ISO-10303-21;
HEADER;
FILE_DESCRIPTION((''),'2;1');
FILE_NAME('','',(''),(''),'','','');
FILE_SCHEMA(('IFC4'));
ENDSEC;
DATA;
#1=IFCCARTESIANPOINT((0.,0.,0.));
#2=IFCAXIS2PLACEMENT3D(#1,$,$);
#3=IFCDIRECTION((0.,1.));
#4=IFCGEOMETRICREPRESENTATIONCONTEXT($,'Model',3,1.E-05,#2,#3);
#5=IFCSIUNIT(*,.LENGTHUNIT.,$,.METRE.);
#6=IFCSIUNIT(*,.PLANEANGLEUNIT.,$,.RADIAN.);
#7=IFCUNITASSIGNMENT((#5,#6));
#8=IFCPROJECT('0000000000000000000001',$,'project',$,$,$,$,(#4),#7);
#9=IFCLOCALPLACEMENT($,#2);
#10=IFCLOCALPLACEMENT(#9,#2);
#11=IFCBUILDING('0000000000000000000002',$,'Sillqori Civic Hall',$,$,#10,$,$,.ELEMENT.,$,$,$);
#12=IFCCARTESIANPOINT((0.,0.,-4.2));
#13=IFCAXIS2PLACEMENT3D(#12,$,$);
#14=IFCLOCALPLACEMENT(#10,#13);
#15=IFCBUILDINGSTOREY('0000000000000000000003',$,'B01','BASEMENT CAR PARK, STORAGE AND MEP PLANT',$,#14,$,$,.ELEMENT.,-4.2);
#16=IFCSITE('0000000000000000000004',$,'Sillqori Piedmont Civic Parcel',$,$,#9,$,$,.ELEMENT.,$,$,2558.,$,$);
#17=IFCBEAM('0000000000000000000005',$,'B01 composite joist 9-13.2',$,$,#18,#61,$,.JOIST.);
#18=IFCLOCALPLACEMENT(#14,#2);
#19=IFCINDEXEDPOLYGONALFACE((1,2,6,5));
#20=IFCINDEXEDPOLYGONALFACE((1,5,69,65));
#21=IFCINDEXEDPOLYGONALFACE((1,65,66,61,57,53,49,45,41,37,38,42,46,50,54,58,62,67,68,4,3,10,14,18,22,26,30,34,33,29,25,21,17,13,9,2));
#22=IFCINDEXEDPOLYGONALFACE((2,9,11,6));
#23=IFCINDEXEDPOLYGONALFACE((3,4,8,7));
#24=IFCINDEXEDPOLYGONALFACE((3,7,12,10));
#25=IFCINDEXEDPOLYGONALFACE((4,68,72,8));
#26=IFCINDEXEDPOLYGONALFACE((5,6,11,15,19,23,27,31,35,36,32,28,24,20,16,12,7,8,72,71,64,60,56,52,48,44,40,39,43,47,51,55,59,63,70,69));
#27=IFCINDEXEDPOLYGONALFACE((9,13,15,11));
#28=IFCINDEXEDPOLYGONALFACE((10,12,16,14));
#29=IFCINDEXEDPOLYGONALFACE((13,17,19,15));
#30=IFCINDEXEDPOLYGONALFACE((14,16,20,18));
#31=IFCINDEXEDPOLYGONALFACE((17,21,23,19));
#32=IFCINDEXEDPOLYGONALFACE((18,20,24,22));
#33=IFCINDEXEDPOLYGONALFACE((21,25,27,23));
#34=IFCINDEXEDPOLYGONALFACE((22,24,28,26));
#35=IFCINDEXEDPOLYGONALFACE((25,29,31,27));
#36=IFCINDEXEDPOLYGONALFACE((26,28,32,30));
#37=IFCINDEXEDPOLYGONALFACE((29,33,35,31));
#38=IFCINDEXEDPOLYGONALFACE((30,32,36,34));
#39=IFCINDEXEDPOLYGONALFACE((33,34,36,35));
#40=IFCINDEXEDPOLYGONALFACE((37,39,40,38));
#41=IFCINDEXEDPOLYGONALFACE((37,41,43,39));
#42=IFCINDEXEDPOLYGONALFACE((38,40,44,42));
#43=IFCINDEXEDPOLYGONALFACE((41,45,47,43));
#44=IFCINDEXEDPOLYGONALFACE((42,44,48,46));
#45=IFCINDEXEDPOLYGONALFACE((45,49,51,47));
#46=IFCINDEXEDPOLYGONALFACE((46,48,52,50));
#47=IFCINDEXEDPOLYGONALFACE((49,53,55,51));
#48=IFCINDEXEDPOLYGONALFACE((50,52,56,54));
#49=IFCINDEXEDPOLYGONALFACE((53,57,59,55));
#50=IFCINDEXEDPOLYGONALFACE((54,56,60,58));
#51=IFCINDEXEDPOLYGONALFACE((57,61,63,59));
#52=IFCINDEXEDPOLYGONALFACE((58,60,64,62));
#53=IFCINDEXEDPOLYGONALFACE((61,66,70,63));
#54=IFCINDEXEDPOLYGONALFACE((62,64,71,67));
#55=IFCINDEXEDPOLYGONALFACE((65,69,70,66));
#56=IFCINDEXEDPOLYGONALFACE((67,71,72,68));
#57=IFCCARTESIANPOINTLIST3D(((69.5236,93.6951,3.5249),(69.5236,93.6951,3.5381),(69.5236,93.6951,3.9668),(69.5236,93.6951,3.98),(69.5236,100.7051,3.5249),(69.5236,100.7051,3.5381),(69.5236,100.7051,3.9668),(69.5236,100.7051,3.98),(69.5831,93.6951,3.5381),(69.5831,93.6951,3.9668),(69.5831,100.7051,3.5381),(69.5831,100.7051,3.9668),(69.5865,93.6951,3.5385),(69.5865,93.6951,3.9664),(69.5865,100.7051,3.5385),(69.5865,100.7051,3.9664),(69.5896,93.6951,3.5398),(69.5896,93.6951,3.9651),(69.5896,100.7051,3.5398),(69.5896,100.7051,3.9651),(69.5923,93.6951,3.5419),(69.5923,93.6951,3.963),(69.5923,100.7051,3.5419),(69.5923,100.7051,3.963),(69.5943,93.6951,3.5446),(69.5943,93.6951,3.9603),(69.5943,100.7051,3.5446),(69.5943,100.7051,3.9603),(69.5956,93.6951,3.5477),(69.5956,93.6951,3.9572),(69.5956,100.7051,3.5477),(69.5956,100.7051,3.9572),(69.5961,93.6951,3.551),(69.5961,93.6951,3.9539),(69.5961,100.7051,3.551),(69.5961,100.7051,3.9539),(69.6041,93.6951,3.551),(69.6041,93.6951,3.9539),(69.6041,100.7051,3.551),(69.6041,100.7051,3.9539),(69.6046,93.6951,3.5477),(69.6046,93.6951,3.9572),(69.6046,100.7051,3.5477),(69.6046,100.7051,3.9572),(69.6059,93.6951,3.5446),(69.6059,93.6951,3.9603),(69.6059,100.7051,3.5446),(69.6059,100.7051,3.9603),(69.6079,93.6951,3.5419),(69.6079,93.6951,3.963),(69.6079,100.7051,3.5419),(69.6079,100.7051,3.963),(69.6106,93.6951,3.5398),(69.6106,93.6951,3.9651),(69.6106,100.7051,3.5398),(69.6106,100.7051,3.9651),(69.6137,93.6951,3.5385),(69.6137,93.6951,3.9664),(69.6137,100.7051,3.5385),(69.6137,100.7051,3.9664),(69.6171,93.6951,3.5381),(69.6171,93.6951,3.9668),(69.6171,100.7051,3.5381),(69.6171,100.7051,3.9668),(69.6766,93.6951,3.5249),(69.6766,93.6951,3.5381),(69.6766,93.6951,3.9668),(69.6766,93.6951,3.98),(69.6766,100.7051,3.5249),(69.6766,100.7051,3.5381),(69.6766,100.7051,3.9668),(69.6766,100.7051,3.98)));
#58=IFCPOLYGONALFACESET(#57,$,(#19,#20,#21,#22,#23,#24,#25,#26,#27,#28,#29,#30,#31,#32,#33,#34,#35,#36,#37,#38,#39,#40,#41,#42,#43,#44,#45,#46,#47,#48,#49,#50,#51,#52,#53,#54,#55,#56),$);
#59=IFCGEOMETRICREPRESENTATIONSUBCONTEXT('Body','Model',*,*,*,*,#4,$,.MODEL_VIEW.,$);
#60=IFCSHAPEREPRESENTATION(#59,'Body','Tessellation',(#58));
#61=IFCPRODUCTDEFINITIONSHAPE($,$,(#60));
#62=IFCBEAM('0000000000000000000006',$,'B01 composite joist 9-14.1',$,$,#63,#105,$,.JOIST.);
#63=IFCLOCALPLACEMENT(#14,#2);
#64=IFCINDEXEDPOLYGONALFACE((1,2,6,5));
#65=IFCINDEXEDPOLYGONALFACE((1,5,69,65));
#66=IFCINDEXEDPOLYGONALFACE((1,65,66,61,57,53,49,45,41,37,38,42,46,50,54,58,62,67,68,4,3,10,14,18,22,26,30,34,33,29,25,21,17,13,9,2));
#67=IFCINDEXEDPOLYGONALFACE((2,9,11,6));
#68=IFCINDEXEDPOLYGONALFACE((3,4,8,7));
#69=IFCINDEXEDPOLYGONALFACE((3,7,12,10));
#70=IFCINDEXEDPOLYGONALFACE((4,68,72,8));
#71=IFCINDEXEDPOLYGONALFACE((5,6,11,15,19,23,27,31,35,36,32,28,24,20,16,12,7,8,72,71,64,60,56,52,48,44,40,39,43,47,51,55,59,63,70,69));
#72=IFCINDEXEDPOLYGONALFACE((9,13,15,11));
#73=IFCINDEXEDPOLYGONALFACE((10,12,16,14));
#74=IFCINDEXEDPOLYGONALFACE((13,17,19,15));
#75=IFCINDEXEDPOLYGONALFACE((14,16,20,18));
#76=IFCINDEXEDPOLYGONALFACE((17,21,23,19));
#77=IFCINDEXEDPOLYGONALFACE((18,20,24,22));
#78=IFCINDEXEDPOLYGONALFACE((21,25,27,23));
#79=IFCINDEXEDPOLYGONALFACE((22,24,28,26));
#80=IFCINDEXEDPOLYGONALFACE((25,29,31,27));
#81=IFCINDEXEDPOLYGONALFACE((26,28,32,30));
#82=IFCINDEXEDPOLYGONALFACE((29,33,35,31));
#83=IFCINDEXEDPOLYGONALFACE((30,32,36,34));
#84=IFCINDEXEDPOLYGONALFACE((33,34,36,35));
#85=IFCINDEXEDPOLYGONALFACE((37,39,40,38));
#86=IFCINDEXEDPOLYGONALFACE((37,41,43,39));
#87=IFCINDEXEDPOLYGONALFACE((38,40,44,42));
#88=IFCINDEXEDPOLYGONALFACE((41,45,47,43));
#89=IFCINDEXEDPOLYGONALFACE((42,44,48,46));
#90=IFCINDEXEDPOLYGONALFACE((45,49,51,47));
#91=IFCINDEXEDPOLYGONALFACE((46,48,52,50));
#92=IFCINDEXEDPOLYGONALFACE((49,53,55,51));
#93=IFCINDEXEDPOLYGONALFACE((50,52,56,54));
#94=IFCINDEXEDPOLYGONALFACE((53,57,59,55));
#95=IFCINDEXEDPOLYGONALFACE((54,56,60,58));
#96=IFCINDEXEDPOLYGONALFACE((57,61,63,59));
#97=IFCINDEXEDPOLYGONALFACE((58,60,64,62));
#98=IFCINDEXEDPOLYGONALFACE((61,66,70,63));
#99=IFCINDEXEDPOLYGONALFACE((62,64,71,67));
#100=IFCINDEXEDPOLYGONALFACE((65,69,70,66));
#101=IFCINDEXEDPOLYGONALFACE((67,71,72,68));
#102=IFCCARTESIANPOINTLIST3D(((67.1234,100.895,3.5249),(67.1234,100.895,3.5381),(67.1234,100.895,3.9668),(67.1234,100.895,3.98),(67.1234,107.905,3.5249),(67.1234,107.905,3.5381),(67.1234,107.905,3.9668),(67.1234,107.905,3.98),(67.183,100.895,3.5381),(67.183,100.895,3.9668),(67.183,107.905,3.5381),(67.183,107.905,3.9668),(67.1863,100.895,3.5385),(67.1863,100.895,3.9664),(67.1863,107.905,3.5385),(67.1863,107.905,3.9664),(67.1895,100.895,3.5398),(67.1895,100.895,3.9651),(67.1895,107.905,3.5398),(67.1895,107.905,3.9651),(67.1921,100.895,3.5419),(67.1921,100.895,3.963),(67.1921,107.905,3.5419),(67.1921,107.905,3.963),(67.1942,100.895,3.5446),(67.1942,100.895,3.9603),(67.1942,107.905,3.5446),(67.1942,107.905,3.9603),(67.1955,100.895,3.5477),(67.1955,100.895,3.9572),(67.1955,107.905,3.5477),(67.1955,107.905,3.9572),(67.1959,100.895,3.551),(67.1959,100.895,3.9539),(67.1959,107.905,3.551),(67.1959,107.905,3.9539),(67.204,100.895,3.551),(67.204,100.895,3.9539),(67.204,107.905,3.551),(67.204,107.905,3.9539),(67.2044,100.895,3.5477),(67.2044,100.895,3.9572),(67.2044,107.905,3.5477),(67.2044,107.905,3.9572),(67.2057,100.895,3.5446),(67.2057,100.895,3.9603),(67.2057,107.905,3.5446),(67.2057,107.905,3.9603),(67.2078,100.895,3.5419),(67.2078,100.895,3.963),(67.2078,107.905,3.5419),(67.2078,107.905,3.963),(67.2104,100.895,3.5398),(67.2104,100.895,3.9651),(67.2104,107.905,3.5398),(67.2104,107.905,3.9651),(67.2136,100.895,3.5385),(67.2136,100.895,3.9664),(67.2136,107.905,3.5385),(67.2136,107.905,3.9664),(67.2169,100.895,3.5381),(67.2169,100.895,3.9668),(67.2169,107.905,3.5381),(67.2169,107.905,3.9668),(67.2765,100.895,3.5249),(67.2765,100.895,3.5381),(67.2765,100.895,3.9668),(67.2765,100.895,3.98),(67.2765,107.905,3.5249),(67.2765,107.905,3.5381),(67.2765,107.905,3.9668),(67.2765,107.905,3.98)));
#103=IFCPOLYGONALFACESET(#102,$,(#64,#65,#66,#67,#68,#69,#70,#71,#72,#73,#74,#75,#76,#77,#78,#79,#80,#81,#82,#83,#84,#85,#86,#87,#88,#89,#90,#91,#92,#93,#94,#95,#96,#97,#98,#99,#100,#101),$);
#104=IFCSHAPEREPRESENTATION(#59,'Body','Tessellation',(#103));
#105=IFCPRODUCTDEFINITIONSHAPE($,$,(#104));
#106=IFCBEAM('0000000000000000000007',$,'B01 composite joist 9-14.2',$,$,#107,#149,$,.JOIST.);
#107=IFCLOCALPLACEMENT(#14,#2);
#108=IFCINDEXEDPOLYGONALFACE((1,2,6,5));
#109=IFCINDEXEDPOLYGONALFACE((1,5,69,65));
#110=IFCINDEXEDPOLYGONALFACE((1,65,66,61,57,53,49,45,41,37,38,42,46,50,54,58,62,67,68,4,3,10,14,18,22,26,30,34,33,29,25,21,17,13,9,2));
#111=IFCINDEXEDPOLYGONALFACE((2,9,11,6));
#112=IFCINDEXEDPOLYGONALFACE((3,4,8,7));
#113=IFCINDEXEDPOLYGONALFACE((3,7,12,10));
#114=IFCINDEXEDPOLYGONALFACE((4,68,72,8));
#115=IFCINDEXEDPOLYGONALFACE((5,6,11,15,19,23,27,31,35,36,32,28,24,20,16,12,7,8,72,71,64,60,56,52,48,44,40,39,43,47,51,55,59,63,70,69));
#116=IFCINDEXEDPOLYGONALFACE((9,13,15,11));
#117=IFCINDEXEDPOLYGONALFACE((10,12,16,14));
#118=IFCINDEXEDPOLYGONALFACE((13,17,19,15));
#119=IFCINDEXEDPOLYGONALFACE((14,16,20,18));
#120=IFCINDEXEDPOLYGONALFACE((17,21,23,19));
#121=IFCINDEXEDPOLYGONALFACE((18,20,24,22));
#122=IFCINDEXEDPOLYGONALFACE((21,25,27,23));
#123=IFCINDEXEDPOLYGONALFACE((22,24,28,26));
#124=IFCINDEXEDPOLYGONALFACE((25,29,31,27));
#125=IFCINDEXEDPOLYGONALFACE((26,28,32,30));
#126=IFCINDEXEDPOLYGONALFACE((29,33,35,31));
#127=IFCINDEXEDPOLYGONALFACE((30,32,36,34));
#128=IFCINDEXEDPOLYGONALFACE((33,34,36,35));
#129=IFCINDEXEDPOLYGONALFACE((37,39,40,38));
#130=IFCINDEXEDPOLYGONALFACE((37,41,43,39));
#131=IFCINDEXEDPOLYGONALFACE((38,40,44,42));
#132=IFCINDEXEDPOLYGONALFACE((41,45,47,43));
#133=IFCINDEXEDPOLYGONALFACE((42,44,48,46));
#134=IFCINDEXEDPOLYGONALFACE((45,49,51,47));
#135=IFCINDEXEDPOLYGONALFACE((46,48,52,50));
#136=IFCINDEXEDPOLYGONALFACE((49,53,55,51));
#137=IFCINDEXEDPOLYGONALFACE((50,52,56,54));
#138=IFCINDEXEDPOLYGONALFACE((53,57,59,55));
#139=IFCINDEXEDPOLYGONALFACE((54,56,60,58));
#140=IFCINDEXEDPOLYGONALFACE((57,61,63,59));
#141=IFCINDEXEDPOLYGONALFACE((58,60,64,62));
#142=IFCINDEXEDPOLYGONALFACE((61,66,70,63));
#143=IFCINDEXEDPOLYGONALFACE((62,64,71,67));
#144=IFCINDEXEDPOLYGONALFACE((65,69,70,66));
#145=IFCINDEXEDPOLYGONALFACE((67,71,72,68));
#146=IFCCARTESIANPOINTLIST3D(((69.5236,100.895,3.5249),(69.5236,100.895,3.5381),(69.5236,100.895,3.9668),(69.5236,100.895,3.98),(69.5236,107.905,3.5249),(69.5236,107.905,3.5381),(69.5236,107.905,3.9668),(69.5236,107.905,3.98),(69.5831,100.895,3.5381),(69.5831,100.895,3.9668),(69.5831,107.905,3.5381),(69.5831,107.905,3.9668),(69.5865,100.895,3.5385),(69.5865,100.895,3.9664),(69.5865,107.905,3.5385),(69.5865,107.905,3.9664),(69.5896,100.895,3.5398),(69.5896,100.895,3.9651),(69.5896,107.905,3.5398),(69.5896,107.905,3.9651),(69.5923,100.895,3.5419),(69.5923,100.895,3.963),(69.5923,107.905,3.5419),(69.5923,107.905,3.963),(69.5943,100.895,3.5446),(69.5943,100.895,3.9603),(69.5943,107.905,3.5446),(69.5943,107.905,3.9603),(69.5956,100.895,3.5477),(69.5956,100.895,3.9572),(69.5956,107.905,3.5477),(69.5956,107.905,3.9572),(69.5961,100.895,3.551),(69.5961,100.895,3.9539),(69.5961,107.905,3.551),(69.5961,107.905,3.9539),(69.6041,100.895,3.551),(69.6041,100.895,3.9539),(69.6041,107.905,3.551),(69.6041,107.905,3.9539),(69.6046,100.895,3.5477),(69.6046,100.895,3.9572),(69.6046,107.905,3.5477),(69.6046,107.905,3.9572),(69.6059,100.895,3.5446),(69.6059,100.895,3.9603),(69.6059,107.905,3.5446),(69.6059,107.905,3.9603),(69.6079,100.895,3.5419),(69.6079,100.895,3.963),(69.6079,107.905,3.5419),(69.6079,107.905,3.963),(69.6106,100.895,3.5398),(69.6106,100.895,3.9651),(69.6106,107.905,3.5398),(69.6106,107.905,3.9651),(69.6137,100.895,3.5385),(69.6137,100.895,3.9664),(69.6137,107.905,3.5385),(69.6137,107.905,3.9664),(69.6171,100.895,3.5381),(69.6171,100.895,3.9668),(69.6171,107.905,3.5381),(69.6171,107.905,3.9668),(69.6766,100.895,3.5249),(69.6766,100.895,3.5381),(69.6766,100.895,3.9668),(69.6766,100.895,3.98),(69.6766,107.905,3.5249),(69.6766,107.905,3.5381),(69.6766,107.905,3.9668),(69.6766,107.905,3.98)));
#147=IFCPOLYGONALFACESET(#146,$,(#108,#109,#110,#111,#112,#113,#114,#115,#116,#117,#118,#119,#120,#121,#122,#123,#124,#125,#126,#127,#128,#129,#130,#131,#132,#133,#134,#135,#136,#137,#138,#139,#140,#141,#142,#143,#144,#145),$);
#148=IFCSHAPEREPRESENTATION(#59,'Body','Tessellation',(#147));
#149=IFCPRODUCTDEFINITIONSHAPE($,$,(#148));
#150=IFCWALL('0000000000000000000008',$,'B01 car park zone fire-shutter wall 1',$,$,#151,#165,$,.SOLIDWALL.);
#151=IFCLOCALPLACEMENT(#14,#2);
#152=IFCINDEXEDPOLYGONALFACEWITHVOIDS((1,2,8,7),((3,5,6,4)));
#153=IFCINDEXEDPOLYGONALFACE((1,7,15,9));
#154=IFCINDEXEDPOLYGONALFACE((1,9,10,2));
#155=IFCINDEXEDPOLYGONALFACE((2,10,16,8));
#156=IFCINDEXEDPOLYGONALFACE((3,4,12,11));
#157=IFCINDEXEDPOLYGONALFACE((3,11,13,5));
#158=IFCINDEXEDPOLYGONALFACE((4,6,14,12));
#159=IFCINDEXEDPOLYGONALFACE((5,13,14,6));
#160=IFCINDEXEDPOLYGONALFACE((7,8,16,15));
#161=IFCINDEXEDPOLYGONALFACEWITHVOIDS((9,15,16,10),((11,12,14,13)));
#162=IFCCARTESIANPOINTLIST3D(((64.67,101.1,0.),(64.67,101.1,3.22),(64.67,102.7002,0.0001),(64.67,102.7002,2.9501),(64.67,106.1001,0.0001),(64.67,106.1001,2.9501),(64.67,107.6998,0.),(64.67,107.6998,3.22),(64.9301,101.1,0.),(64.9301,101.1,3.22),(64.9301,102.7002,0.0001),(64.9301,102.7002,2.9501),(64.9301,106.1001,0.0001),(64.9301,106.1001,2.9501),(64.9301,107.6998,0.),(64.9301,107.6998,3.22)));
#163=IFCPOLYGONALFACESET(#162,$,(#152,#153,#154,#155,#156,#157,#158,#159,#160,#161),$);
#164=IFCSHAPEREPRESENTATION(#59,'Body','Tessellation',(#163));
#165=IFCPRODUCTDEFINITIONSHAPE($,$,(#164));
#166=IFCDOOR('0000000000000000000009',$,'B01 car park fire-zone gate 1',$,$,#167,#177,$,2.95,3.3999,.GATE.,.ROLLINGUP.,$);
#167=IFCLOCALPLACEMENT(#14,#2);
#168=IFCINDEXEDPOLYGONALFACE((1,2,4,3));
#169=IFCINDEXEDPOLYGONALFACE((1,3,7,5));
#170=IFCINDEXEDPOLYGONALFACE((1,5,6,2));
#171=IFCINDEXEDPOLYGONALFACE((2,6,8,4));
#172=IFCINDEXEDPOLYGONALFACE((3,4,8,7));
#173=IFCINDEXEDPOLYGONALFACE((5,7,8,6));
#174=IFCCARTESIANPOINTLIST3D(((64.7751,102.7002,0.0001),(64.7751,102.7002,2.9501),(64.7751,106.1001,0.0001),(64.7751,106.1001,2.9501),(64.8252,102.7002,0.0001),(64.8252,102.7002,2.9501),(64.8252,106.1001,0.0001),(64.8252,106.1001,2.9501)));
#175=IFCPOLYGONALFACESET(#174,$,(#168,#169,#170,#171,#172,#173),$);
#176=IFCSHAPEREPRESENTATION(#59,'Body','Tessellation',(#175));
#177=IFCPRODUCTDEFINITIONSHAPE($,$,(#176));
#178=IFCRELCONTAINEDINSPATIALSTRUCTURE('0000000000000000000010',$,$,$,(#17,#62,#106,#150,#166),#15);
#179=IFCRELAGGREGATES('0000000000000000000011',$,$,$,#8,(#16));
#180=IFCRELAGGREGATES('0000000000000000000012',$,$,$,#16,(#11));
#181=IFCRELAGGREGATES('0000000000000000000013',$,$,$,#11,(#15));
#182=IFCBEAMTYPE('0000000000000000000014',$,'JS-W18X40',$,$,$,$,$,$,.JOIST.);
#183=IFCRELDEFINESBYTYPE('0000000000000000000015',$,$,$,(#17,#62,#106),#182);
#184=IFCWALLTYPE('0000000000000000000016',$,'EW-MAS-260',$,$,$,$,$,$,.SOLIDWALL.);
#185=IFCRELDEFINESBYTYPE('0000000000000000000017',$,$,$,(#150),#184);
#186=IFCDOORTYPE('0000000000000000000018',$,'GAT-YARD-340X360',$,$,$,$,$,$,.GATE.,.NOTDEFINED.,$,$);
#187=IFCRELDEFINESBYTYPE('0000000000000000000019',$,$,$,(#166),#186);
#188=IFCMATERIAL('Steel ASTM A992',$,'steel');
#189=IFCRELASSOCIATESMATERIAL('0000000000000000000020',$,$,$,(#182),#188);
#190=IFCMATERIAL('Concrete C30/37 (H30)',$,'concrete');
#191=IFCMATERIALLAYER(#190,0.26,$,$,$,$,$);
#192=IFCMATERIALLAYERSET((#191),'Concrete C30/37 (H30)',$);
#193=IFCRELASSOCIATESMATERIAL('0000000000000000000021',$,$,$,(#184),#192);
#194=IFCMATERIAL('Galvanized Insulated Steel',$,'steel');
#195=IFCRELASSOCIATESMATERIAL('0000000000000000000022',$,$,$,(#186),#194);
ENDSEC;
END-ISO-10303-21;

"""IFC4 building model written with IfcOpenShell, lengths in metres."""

from ifc_helpers import new_model, si_unit, direction, frame, frame_2d, origin, origin_2d, place, context, subcontext, project, spatial, rectangle, i_section, extrude, material, layer, layer_set, material_profile, profile_set, type_object, element, fill, save


model = new_model("IFC4")

# Units and contexts
model_context = context("Model", 3, precision=1e-05, world=origin(), true_north=direction((0.0, 1.0)))
body_context = subcontext(model_context, "Body", "Model", "MODEL_VIEW")
ifc_project = project(units=[si_unit("LENGTHUNIT", "METRE"), si_unit("PLANEANGLEUNIT", "RADIAN")], contexts=[model_context])

# Site, building, storey
site_placement = place(None, origin())
site = spatial("IfcSite", under=ifc_project, at=site_placement, Name="Sillqori Piedmont Civic Parcel", CompositionType="ELEMENT", RefElevation=2558.0)
building_placement = place(site_placement, origin())
building = spatial("IfcBuilding", under=site, at=building_placement, Name="Sillqori Civic Hall", CompositionType="ELEMENT")
storey_placement = place(building_placement, frame((0.0, 0.0, -4.2)))
storey = spatial("IfcBuildingStorey", under=building, at=storey_placement, Name="B01", Description="BASEMENT CAR PARK, STORAGE AND MEP PLANT", CompositionType="ELEMENT", Elevation=-4.2)

# Shared definitions
ifc_material_1 = material(Name="Steel ASTM A992", Category="steel")

# Beams
ifc_material_profile_1 = material_profile(ifc_material_1, i_section(OverallWidth=0.1531, OverallDepth=0.4551, WebThickness=0.0081, FlangeThickness=0.0132, FilletRadius=0.0129, at=origin_2d()), Name="W18X40")
ifc_profile_set_1 = profile_set([ifc_material_profile_1], Name="Steel ASTM A992")
beam_type_1 = type_object("IfcBeamType", Name="JS-W18X40", PredefinedType="JOIST", material=ifc_profile_set_1)
for number, where, z_axis, x_axis, name in (
    (1, (69.6001, 93.6951, 3.7524), (0.0, 1.0, 0.0), (-1.0, 0.0, 0.0), "B01 composite joist 9-13.2"),
    (2, (67.2, 100.895, 3.7524), (0.0, 1.0, 0.0), (-1.0, 0.0, 0.0), "B01 composite joist 9-14.1"),
    (3, (69.6001, 100.895, 3.7524), (0.0, 1.0, 0.0), (-1.0, 0.0, 0.0), "B01 composite joist 9-14.2"),
):
    element("IfcBeam", number, at=place(storey_placement, frame(where, z_axis=z_axis, x_axis=x_axis)), inside=storey, type_object=beam_type_1, Name=name, PredefinedType="JOIST", context=body_context, shape_type="SweptSolid", body=[
        extrude(i_section(OverallWidth=0.1531, OverallDepth=0.4551, WebThickness=0.0081, FlangeThickness=0.0132, FilletRadius=0.0129, at=origin_2d()), origin(), (0.0, 0.0, 1.0), 7.01),
    ])

# Wall, opening, door
ifc_material_2 = material(Name="Concrete C30/37 (H30)", Category="concrete")
ifc_layer = layer(ifc_material_2, 0.26)
ifc_layer_set = layer_set([ifc_layer], Name="Concrete C30/37 (H30)")
wall_type = type_object("IfcWallType", Name="EW-MAS-260", PredefinedType="SOLIDWALL", material=ifc_layer_set)
wall_placement = place(storey_placement, frame((64.8, 101.1001, 0.0), z_axis=(0.0, 0.0, 1.0), x_axis=(0.0, 1.0, 0.0)))
wall = element("IfcWall", 4, at=wall_placement, inside=storey, type_object=wall_type, Name="B01 car park zone fire-shutter wall 1", PredefinedType="SOLIDWALL", context=body_context, shape_type="SweptSolid", body=[
    extrude(rectangle(XDim=6.5999, YDim=0.26, at=frame_2d((3.2998, 0.0))), origin(), (0.0, 0.0, 1.0), 3.22),
])
opening_placement = place(wall_placement, frame((1.6001, 0.0, 0.0)))
opening = element("IfcOpeningElement", 5, at=opening_placement, cuts=wall, PredefinedType="OPENING", context=body_context, shape_type="SweptSolid", body=[
    extrude(rectangle(XDim=3.3999, YDim=2.95, at=frame_2d((1.7, 1.4751))), frame((0.0, 0.1399, 0.0), z_axis=(0.0, -1.0, 0.0), x_axis=(1.0, 0.0, 0.0)), (0.0, 0.0, 1.0), 0.28),
])
ifc_material_3 = material(Name="Galvanized Insulated Steel", Category="steel")
door_type = type_object("IfcDoorType", Name="GAT-YARD-340X360", OperationType="NOTDEFINED", PredefinedType="GATE", material=ifc_material_3)
door_placement = place(opening_placement, origin())
door = element("IfcDoor", 6, at=door_placement, inside=storey, type_object=door_type, Name="B01 car park fire-zone gate 1", OperationType="ROLLINGUP", OverallHeight=2.95, OverallWidth=3.3999, PredefinedType="GATE", context=body_context, shape_type="SweptSolid", body=[
    extrude(rectangle(XDim=3.3999, YDim=2.95, at=frame_2d((1.7, 1.4751))), frame((0.0, 0.0249, 0.0), z_axis=(0.0, -1.0, 0.0), x_axis=(1.0, 0.0, 0.0)), (0.0, 0.0, 1.0), 0.05),
])
fill(opening, door)

save(model, "model.ifc")
